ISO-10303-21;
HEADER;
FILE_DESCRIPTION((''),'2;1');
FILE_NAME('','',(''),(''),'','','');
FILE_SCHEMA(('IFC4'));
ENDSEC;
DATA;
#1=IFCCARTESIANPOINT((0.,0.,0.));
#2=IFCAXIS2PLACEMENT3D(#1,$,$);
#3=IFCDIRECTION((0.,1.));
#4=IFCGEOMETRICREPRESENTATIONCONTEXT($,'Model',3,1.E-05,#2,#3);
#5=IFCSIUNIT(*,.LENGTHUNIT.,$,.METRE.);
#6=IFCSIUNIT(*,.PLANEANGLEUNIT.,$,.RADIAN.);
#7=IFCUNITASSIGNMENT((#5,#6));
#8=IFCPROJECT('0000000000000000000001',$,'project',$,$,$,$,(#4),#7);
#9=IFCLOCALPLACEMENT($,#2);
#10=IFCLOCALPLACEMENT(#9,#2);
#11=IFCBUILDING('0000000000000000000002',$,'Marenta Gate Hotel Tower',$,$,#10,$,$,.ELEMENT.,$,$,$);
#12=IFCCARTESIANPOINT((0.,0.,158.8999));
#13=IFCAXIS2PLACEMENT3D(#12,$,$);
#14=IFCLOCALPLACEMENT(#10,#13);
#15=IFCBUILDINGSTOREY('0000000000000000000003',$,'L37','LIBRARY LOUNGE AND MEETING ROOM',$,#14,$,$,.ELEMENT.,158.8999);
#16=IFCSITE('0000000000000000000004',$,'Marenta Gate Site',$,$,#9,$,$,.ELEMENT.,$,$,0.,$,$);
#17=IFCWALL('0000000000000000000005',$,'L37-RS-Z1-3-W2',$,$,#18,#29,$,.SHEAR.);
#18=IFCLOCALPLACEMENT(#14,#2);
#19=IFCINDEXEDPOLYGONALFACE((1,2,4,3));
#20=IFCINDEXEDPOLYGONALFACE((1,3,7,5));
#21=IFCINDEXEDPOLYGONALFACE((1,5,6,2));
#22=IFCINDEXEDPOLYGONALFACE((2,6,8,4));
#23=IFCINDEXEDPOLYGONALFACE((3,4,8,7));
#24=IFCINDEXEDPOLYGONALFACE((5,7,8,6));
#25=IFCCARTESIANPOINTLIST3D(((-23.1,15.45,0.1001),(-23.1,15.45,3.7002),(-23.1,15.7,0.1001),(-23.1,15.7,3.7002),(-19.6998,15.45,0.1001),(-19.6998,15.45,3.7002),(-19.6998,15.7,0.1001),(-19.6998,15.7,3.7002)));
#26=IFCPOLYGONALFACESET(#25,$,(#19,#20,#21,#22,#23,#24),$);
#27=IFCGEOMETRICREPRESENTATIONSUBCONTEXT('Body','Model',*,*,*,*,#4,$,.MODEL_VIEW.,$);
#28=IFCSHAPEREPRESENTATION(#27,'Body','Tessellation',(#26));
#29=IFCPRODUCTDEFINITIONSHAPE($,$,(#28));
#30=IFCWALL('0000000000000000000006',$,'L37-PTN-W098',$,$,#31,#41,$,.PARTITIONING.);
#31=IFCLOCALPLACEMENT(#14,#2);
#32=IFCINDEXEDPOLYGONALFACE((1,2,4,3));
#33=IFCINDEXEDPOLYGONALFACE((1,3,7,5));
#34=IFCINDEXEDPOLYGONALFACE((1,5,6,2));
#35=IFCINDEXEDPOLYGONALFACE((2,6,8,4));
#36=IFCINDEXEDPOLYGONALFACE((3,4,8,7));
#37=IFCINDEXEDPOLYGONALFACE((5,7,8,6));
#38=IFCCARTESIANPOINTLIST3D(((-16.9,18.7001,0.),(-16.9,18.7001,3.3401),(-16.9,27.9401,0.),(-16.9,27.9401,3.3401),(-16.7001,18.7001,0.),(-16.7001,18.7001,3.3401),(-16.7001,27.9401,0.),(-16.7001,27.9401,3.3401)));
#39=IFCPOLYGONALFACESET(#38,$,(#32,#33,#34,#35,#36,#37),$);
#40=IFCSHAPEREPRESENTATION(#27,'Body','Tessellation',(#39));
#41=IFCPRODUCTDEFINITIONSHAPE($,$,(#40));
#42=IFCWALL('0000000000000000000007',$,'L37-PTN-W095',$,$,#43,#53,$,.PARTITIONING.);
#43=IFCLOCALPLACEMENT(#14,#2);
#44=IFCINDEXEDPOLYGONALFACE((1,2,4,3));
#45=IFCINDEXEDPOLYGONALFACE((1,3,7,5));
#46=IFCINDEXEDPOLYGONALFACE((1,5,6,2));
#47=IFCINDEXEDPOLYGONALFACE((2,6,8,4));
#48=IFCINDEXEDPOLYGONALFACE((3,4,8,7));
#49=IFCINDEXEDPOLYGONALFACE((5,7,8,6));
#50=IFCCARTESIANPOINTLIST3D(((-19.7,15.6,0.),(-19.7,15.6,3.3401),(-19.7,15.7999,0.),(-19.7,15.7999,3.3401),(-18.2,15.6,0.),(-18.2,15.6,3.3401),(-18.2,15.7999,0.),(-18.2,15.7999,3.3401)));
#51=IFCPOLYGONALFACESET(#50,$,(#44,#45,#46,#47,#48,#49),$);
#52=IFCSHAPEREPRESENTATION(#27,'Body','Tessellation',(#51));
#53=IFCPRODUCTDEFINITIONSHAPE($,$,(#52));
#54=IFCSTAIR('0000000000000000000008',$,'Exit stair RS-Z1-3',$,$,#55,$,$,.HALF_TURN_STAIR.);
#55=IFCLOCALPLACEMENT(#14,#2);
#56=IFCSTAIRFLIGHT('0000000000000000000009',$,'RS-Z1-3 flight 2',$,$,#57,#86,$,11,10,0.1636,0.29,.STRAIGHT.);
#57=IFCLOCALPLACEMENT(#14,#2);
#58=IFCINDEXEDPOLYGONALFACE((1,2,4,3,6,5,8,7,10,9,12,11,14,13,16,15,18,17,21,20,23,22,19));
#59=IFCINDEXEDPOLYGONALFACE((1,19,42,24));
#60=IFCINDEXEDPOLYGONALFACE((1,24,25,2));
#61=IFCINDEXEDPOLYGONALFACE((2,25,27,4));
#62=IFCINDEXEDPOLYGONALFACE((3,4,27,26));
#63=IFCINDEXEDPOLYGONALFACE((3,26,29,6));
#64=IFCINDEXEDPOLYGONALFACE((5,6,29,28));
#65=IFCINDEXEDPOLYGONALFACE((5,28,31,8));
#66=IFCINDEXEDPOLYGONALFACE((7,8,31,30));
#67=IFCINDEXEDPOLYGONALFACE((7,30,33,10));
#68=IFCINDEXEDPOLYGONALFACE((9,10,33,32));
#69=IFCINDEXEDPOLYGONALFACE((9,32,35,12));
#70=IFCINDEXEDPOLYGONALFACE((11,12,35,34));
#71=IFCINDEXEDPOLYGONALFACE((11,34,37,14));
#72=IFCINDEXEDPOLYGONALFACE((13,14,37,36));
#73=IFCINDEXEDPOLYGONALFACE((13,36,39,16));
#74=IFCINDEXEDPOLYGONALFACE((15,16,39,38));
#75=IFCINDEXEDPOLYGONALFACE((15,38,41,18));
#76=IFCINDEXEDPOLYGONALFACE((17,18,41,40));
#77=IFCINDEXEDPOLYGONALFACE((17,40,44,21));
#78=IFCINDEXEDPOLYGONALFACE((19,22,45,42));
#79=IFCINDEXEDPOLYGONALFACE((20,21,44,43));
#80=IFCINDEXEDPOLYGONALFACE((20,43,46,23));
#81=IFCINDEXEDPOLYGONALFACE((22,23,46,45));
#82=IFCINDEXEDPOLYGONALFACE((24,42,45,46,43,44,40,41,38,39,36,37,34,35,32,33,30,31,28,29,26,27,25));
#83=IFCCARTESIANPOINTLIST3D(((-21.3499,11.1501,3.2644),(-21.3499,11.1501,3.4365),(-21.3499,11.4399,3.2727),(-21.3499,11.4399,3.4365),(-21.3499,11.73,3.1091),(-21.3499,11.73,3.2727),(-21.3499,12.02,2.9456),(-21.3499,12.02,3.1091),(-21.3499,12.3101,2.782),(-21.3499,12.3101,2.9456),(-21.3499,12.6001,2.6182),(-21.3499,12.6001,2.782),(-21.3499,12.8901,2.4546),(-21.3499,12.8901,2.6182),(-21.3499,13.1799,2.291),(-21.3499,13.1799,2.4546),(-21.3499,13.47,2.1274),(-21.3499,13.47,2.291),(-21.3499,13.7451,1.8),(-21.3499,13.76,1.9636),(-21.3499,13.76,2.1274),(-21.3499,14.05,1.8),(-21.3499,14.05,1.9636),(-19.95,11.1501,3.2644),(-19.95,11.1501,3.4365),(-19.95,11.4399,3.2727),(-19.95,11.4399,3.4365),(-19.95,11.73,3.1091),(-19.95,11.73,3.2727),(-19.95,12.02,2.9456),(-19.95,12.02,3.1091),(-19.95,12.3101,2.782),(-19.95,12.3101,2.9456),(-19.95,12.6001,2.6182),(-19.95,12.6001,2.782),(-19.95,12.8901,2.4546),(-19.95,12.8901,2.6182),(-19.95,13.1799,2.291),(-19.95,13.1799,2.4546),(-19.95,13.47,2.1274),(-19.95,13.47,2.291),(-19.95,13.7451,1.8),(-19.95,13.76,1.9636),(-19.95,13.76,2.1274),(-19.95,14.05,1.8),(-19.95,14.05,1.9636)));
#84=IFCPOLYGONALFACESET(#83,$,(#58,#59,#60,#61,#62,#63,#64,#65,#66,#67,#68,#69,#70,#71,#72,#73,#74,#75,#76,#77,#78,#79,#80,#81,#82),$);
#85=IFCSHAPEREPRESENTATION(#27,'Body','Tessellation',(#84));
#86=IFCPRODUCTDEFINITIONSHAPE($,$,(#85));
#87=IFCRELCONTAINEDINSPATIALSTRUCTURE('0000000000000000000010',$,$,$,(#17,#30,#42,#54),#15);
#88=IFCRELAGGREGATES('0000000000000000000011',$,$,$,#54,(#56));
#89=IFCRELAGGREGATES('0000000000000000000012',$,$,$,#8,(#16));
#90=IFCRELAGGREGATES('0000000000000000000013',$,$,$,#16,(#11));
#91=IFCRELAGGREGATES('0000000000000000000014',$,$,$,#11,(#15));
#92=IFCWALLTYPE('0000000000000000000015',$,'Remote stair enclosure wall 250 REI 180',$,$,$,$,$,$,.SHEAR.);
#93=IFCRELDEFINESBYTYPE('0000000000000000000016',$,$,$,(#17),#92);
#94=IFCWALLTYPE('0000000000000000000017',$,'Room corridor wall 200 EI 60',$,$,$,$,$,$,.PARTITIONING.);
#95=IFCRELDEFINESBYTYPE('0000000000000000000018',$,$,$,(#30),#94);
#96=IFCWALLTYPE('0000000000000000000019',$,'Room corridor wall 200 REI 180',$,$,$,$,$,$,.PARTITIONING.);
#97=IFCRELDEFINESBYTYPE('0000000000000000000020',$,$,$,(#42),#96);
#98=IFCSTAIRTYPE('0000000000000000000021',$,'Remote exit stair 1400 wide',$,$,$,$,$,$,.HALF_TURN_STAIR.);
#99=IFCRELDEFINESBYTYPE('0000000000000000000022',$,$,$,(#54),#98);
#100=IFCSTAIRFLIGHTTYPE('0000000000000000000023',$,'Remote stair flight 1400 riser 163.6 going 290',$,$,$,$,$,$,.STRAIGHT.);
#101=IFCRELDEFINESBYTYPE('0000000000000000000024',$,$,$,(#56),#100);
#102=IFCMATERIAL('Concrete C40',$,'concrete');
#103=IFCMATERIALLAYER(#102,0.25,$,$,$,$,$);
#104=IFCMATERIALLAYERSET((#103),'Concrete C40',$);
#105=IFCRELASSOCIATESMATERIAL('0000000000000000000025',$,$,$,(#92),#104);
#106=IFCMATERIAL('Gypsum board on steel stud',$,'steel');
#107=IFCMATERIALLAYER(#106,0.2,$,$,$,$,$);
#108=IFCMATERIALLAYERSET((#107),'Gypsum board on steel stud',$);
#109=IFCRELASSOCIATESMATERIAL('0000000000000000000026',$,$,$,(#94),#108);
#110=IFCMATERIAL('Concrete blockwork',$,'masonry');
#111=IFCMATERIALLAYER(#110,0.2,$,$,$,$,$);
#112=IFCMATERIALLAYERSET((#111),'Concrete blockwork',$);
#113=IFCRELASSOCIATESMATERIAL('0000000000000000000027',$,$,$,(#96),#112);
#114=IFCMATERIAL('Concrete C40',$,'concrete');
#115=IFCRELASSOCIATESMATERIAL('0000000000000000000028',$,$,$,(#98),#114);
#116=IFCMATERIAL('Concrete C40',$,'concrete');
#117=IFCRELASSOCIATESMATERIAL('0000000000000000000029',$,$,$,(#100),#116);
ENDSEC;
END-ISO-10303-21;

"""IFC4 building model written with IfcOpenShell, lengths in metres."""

from ifc_helpers import new_model, si_unit, direction, frame, frame_2d, origin, place, context, subcontext, project, spatial, polyline, rectangle, outline, extrude, material, layer, layer_set, type_object, element, aggregate, save


model = new_model("IFC4")

# Units and contexts
model_context = context("Model", 3, precision=1e-05, world=origin(), true_north=direction((0.0, 1.0)))
body_context = subcontext(model_context, "Body", "Model", "MODEL_VIEW")
ifc_project = project(units=[si_unit("LENGTHUNIT", "METRE"), si_unit("PLANEANGLEUNIT", "RADIAN")], contexts=[model_context])

# Site, building, storey
site_placement = place(None, origin())
site = spatial("IfcSite", under=ifc_project, at=site_placement, Name="Marenta Gate Site", CompositionType="ELEMENT", RefElevation=0.0)
building_placement = place(site_placement, origin())
building = spatial("IfcBuilding", under=site, at=building_placement, Name="Marenta Gate Hotel Tower", CompositionType="ELEMENT")
storey_placement = place(building_placement, frame((0.0, 0.0, 158.8999)))
storey = spatial("IfcBuildingStorey", under=building, at=storey_placement, Name="L37", Description="LIBRARY LOUNGE AND MEETING ROOM", CompositionType="ELEMENT", Elevation=158.8999)

# Walls
ifc_material_1 = material(Name="Concrete C40", Category="concrete")
ifc_layer_1 = layer(ifc_material_1, 0.25)
ifc_layer_set_1 = layer_set([ifc_layer_1], Name="Concrete C40")
wall_type_1 = type_object("IfcWallType", Name="Remote stair enclosure wall 250 REI 180", PredefinedType="SHEAR", material=ifc_layer_set_1)
wall_1_placement = place(storey_placement, frame((-23.1001, 15.575, 0.1001), z_axis=(0.0, 0.0, 1.0), x_axis=(1.0, 0.0, 0.0)))
element("IfcWall", 1, at=wall_1_placement, inside=storey, type_object=wall_type_1, Name="L37-RS-Z1-3-W2", PredefinedType="SHEAR", context=body_context, shape_type="SweptSolid", body=[
    extrude(rectangle(XDim=3.4001, YDim=0.25, at=frame_2d((1.7002, 0.0))), origin(), (0.0, 0.0, 1.0), 3.6001),
])
ifc_material_2 = material(Name="Gypsum board on steel stud", Category="steel")
ifc_layer_2 = layer(ifc_material_2, 0.2)
ifc_layer_set_2 = layer_set([ifc_layer_2], Name="Gypsum board on steel stud")
wall_type_2 = type_object("IfcWallType", Name="Room corridor wall 200 EI 60", PredefinedType="PARTITIONING", material=ifc_layer_set_2)
wall_2_placement = place(storey_placement, frame((-16.8, 18.7, 0.0), z_axis=(0.0, 0.0, 1.0), x_axis=(0.0, 1.0, 0.0)))
element("IfcWall", 2, at=wall_2_placement, inside=storey, type_object=wall_type_2, Name="L37-PTN-W098", PredefinedType="PARTITIONING", context=body_context, shape_type="SweptSolid", body=[
    extrude(rectangle(XDim=9.24, YDim=0.2, at=frame_2d((4.6201, 0.0))), origin(), (0.0, 0.0, 1.0), 3.3401),
])

# Wall
ifc_material_3 = material(Name="Concrete blockwork", Category="masonry")
ifc_layer_3 = layer(ifc_material_3, 0.2)
ifc_layer_set_3 = layer_set([ifc_layer_3], Name="Concrete blockwork")
wall_type_3 = type_object("IfcWallType", Name="Room corridor wall 200 REI 180", PredefinedType="PARTITIONING", material=ifc_layer_set_3)
wall_3_placement = place(storey_placement, frame((-19.7, 15.7, 0.0), z_axis=(0.0, 0.0, 1.0), x_axis=(1.0, 0.0, 0.0)))
element("IfcWall", 3, at=wall_3_placement, inside=storey, type_object=wall_type_3, Name="L37-PTN-W095", PredefinedType="PARTITIONING", context=body_context, shape_type="SweptSolid", body=[
    extrude(rectangle(XDim=1.5, YDim=0.2, at=frame_2d((0.75, 0.0))), origin(), (0.0, 0.0, 1.0), 3.3401),
])

# Stair, stair flight
ifc_material_4 = material(Name="Concrete C40", Category="concrete")
stair_type = type_object("IfcStairType", Name="Remote exit stair 1400 wide", PredefinedType="HALF_TURN_STAIR", material=ifc_material_4)
stair_placement = place(storey_placement, origin())
stair = element("IfcStair", 4, at=stair_placement, inside=storey, type_object=stair_type, Name="Exit stair RS-Z1-3", PredefinedType="HALF_TURN_STAIR")
ifc_material_5 = material(Name="Concrete C40", Category="concrete")
stair_flight_type = type_object("IfcStairFlightType", Name="Remote stair flight 1400 riser 163.6 going 290", PredefinedType="STRAIGHT", material=ifc_material_5)
stair_flight_placement = place(storey_placement, frame((-20.6499, 14.05, 1.8), z_axis=(0.0, 0.0, 1.0), x_axis=(0.0, -1.0, 0.0)))
stair_flight = element("IfcStairFlight", 5, at=stair_flight_placement, type_object=stair_flight_type, Name="RS-Z1-3 flight 2", NumberOfRisers=11, NumberOfTreads=10, PredefinedType="STRAIGHT", RiserHeight=0.1636, TreadLength=0.29, context=body_context, shape_type="SweptSolid", body=[
    extrude(outline(polyline([(0.0, 0.0), (0.0, 0.1636), (0.29, 0.1636), (0.29, 0.3274), (0.5801, 0.3274), (0.5801, 0.491), (0.8701, 0.491), (0.8701, 0.6545), (1.1599, 0.6545), (1.1599, 0.8181), (1.45, 0.8181), (1.45, 0.9819), (1.74, 0.9819), (1.74, 1.1455), (2.03, 1.1455), (2.03, 1.3091), (2.3201, 1.3091), (2.3201, 1.4727), (2.6101, 1.4727), (2.6101, 1.6365), (2.8999, 1.6365), (2.8999, 1.8), (2.8999, 1.4644), (0.3049, 0.0), (0.0, 0.0)])), frame((0.0, 0.7, 0.0), z_axis=(0.0, -1.0, 0.0), x_axis=(1.0, 0.0, 0.0)), (0.0, 0.0, 1.0), 1.3999),
])
aggregate(stair, [stair_flight])

save(model, "model.ifc")
